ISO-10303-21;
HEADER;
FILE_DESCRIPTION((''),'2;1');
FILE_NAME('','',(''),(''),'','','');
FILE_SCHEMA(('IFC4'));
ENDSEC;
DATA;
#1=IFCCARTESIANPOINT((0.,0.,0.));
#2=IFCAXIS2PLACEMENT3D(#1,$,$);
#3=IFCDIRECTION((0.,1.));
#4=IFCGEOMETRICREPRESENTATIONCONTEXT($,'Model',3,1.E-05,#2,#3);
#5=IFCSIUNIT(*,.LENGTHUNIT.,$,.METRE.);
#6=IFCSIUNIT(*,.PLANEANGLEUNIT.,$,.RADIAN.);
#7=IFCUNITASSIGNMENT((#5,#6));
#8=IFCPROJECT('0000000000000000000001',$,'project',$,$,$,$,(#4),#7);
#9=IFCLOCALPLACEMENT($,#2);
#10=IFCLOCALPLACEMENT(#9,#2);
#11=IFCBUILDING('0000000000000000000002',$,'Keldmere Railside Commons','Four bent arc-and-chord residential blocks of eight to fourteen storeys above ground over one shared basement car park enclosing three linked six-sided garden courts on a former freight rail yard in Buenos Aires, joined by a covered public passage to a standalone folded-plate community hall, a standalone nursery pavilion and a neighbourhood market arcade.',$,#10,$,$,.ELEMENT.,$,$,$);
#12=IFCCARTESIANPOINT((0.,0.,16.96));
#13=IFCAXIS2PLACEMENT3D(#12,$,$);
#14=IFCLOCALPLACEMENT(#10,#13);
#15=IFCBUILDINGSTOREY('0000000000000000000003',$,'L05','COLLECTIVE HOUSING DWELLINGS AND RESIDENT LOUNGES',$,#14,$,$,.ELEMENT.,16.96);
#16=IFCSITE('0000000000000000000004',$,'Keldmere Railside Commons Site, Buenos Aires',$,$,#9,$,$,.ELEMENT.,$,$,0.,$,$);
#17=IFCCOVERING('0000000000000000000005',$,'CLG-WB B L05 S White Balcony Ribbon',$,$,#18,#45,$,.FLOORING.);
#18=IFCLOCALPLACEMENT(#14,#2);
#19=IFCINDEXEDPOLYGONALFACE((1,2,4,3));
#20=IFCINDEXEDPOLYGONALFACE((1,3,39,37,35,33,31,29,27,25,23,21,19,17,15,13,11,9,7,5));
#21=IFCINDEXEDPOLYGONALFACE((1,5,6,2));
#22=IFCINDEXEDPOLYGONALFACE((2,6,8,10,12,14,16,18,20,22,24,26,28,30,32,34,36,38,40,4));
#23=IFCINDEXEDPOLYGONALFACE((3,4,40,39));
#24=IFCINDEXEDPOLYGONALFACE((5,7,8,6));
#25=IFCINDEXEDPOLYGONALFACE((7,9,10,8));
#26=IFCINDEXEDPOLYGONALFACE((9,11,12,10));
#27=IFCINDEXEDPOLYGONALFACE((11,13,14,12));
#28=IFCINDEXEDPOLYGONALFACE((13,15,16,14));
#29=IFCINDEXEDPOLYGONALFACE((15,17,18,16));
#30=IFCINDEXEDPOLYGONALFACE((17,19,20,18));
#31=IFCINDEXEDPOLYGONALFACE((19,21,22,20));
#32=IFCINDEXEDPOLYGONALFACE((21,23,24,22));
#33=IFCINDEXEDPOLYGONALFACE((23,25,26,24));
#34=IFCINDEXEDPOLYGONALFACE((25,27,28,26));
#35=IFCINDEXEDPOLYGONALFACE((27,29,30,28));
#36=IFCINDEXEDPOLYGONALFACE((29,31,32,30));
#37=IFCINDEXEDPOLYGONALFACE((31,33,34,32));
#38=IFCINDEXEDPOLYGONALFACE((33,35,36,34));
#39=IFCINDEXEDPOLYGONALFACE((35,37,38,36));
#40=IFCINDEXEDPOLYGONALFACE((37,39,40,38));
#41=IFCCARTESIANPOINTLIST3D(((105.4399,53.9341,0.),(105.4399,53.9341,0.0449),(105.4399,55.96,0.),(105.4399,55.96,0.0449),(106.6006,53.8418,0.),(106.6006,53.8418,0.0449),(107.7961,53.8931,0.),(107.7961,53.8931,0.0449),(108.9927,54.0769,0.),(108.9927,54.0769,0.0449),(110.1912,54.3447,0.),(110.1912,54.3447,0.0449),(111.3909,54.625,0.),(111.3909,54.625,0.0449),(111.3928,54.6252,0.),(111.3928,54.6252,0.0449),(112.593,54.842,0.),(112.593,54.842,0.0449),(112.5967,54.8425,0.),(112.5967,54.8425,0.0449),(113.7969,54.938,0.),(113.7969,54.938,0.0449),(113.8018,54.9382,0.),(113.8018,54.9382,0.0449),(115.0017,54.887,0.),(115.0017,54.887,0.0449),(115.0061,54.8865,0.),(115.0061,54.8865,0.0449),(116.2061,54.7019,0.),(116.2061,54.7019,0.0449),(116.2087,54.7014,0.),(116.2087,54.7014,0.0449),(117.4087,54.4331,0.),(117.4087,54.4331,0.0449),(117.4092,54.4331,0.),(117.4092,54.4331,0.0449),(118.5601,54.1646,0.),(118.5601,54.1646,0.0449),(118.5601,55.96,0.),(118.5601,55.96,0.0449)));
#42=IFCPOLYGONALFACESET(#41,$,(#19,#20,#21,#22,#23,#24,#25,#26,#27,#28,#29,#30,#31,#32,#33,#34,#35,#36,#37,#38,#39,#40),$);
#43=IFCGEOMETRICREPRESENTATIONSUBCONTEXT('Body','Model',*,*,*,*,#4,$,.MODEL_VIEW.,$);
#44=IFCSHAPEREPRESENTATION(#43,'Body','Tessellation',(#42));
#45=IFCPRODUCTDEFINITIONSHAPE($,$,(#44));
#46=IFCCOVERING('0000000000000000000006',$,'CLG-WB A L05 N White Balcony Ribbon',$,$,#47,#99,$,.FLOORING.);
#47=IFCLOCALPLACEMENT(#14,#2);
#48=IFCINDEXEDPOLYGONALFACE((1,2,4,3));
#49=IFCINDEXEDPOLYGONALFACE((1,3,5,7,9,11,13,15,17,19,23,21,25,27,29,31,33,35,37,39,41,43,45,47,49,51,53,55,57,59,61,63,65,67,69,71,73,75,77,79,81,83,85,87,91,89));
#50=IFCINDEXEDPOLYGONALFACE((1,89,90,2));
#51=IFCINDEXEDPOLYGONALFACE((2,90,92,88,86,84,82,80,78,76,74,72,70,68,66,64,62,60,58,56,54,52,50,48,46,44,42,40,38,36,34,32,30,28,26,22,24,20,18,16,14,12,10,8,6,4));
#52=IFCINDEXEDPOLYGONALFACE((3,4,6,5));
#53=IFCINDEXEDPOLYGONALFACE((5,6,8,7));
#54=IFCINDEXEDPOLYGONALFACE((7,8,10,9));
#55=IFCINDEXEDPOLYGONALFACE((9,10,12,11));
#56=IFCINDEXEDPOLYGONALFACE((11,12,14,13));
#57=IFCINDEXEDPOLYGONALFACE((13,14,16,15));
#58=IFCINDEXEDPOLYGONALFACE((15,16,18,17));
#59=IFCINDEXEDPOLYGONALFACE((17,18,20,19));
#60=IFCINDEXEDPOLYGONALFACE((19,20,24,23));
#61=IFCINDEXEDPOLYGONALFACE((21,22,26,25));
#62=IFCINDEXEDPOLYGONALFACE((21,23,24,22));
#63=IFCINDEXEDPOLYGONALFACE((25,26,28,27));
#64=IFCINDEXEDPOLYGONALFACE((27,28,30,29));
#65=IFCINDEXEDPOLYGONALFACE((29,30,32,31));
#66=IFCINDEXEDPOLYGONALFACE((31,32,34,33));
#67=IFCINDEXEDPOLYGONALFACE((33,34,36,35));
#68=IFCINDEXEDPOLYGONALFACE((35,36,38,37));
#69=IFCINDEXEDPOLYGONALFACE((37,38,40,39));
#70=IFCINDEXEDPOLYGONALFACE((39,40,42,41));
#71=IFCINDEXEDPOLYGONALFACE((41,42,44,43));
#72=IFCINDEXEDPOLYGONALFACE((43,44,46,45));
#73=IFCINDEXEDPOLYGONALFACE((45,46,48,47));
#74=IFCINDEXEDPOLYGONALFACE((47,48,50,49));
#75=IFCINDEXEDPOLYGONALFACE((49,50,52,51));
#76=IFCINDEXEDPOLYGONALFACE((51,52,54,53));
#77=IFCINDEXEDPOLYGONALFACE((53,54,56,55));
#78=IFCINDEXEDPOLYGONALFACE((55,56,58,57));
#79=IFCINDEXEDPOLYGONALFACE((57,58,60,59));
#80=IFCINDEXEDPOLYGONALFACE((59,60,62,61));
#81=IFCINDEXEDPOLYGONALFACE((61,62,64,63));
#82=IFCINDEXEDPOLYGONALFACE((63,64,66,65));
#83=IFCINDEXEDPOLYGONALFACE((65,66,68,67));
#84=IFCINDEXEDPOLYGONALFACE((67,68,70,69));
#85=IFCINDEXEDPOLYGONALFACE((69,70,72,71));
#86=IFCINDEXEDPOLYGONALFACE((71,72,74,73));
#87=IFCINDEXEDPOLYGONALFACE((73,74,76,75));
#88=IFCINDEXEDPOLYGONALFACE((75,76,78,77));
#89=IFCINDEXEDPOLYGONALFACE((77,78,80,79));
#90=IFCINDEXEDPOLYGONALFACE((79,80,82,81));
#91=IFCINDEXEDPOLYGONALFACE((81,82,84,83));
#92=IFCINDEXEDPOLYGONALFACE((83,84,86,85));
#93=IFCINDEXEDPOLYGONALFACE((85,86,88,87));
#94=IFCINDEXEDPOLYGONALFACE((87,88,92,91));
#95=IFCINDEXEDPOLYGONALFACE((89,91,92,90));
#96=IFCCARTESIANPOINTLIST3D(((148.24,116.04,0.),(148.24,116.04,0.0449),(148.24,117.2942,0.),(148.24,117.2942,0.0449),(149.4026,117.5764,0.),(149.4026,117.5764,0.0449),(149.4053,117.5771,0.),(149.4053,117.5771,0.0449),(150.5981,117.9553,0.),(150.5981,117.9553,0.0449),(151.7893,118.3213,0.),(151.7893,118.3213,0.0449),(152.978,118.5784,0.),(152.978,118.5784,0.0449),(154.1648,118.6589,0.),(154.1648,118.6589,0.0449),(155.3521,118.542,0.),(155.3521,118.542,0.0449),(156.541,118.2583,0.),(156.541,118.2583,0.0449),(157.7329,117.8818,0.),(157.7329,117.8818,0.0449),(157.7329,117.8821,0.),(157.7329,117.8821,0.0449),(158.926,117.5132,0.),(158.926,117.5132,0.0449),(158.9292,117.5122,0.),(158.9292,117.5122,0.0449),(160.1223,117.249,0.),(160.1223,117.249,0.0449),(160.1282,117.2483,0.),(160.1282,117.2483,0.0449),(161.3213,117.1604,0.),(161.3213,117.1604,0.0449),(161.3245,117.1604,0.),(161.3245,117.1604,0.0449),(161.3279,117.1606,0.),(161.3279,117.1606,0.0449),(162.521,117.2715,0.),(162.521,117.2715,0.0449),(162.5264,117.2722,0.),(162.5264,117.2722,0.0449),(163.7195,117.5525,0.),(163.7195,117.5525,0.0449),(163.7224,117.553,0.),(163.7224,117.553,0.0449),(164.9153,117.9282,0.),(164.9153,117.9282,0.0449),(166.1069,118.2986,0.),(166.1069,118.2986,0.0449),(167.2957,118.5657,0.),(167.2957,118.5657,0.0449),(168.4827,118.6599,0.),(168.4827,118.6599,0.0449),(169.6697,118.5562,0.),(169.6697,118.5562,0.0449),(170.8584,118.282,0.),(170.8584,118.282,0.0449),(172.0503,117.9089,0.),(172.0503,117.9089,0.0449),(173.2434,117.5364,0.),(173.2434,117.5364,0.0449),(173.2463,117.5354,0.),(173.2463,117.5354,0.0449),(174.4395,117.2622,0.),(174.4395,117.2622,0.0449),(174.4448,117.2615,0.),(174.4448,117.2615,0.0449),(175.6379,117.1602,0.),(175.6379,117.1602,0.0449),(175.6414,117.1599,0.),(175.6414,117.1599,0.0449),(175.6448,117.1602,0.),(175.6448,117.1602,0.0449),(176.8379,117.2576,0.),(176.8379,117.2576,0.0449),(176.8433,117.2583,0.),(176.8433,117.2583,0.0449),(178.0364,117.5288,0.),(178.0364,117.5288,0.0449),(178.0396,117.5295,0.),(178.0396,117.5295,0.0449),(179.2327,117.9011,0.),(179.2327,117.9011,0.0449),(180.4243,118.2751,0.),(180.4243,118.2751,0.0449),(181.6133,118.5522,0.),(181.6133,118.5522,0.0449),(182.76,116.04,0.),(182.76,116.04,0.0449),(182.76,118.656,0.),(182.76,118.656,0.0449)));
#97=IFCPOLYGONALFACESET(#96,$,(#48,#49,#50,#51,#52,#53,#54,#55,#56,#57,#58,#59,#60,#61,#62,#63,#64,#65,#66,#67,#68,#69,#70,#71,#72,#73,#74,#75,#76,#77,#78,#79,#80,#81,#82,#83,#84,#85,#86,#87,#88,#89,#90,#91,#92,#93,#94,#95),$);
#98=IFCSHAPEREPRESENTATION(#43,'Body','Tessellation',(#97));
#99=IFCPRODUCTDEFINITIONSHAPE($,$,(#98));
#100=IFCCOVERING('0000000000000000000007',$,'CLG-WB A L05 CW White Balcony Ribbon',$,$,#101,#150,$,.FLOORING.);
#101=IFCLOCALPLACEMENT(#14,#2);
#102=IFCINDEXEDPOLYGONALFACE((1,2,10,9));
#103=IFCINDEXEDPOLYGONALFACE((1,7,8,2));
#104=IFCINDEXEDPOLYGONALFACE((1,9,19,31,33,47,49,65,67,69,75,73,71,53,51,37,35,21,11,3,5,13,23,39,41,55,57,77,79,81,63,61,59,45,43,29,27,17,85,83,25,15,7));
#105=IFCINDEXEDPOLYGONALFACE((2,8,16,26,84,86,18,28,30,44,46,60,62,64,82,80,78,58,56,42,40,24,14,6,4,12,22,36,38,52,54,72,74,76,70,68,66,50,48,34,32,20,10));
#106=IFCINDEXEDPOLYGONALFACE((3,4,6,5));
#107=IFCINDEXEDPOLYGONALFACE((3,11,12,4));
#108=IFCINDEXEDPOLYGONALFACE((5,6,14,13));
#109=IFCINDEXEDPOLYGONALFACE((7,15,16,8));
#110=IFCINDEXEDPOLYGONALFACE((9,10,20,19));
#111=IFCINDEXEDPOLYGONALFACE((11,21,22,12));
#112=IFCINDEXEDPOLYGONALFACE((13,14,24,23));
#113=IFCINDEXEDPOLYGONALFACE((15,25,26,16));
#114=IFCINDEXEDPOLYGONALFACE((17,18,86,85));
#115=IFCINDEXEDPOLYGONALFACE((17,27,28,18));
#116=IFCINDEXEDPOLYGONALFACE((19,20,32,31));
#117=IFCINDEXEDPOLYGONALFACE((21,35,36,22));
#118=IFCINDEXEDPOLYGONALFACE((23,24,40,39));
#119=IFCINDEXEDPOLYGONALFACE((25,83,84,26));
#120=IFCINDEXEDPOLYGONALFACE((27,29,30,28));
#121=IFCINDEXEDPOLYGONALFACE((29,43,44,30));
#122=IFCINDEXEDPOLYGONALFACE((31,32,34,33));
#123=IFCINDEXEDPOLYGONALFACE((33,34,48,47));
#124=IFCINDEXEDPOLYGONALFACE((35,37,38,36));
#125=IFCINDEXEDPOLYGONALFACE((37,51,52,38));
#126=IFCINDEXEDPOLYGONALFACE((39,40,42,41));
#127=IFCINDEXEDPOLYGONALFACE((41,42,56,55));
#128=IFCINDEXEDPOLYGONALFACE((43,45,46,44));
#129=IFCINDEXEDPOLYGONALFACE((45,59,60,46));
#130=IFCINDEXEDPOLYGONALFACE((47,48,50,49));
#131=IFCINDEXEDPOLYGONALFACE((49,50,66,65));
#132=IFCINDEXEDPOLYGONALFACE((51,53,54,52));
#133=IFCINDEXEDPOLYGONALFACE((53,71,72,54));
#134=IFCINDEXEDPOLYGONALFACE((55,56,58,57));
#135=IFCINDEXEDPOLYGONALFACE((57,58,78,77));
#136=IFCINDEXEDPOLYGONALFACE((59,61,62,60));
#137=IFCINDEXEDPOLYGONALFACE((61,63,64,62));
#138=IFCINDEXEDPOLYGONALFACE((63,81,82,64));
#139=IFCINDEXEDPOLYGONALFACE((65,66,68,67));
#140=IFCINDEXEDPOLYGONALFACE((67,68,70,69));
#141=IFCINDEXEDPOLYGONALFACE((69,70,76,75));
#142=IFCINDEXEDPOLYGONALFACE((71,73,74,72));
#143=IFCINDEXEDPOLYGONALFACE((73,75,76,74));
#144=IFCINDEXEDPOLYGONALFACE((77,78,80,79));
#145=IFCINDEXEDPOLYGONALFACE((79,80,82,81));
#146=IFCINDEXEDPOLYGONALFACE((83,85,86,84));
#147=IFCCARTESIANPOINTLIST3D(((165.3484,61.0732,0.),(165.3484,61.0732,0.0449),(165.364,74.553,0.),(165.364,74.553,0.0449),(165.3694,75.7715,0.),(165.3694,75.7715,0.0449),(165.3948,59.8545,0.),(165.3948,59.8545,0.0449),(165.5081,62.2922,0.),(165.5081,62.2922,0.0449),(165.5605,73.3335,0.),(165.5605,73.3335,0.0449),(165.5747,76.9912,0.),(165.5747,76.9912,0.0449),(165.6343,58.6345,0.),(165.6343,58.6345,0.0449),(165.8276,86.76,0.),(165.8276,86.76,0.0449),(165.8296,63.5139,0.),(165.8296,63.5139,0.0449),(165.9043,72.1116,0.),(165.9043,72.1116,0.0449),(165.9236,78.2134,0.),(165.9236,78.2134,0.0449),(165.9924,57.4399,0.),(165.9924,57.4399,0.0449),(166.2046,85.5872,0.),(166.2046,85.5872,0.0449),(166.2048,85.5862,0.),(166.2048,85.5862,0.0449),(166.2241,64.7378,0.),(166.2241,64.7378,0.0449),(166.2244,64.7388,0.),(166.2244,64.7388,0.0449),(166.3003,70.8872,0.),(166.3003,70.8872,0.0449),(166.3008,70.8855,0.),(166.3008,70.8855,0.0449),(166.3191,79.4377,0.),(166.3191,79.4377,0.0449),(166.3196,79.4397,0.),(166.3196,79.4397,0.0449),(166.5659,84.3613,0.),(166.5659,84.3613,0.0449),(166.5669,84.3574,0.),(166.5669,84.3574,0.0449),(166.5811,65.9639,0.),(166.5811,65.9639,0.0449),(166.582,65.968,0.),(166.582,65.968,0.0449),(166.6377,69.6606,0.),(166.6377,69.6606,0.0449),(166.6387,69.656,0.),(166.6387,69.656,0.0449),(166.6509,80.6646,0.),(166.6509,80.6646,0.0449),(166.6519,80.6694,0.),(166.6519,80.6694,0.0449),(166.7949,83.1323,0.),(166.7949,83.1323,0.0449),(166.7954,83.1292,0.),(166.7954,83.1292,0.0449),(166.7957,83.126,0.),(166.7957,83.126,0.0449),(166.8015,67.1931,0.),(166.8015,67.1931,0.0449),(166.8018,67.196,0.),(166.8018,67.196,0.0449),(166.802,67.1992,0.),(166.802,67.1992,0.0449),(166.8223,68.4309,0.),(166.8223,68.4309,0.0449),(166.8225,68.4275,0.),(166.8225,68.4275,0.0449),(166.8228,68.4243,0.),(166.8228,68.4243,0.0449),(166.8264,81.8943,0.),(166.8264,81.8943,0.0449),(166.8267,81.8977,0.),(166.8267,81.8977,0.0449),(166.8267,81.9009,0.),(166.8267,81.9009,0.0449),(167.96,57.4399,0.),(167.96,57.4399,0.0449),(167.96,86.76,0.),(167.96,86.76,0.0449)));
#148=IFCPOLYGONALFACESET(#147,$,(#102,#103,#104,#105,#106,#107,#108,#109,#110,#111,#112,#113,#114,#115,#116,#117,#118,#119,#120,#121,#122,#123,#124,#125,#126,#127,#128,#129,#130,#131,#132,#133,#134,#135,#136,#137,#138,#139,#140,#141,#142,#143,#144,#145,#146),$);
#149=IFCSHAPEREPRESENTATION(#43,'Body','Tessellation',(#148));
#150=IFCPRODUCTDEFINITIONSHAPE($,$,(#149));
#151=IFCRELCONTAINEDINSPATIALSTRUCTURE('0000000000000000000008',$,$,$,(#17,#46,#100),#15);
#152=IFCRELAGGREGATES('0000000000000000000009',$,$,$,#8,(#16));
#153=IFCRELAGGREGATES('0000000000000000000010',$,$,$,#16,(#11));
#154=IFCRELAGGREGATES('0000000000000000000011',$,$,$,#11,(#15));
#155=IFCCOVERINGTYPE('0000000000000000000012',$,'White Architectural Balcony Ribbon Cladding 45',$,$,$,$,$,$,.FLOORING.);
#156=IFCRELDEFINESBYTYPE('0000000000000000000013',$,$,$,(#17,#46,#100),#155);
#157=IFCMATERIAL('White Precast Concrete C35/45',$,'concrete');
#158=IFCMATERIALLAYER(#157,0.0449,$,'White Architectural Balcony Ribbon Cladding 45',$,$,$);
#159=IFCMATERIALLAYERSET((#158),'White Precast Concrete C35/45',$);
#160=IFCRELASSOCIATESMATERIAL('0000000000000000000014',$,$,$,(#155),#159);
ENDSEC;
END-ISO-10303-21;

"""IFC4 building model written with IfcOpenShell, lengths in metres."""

from ifc_helpers import new_model, si_unit, direction, frame, origin, place, context, subcontext, project, spatial, polyline, outline, extrude, material, layer, layer_set, type_object, element, save


model = new_model("IFC4")

# Units and contexts
model_context = context("Model", 3, precision=1e-05, world=origin(), true_north=direction((0.0, 1.0)))
body_context = subcontext(model_context, "Body", "Model", "MODEL_VIEW")
ifc_project = project(units=[si_unit("LENGTHUNIT", "METRE"), si_unit("PLANEANGLEUNIT", "RADIAN")], contexts=[model_context])

# Site, building, storey
site_placement = place(None, origin())
site = spatial("IfcSite", under=ifc_project, at=site_placement, Name="Keldmere Railside Commons Site, Buenos Aires", CompositionType="ELEMENT", RefElevation=0.0)
building_placement = place(site_placement, origin())
building = spatial("IfcBuilding", under=site, at=building_placement, Name="Keldmere Railside Commons", Description="Four bent arc-and-chord residential blocks of eight to fourteen storeys above ground over one shared basement car park enclosing three linked six-sided garden courts on a former freight rail yard in Buenos Aires, joined by a covered public passage to a standalone folded-plate community hall, a standalone nursery pavilion and a neighbourhood market arcade.", CompositionType="ELEMENT")
storey_placement = place(building_placement, frame((0.0, 0.0, 16.96)))
storey = spatial("IfcBuildingStorey", under=building, at=storey_placement, Name="L05", Description="COLLECTIVE HOUSING DWELLINGS AND RESIDENT LOUNGES", CompositionType="ELEMENT", Elevation=16.96)

# Coverings
ifc_material_1 = material(Name="White Precast Concrete C35/45", Category="concrete")
ifc_layer_1 = layer(ifc_material_1, 0.0449, Name="White Architectural Balcony Ribbon Cladding 45")
ifc_layer_set_1 = layer_set([ifc_layer_1], Name="White Precast Concrete C35/45")
covering_type_1 = type_object("IfcCoveringType", Name="White Architectural Balcony Ribbon Cladding 45", PredefinedType="FLOORING", material=ifc_layer_set_1)
covering_1_placement = place(storey_placement, origin())
element("IfcCovering", 1, at=covering_1_placement, inside=storey, type_object=covering_type_1, Name="CLG-WB B L05 S White Balcony Ribbon", PredefinedType="FLOORING", context=body_context, shape_type="SweptSolid", body=[
    extrude(outline(polyline([(106.6006, 53.8418), (107.7961, 53.8931), (108.9927, 54.0769), (110.1912, 54.3447), (111.3909, 54.625), (111.3928, 54.6252), (112.593, 54.842), (112.5967, 54.8425), (113.7969, 54.938), (113.8018, 54.9382), (115.0017, 54.887), (115.0061, 54.8865), (116.2061, 54.7019), (116.2087, 54.7014), (117.4087, 54.4331), (117.4092, 54.4331), (118.5601, 54.1646), (118.5601, 55.96), (105.4399, 55.96), (105.4399, 53.9341), (106.6006, 53.8418)])), origin(), (0.0, 0.0, 1.0), 0.0449),
])
covering_2_placement = place(storey_placement, origin())
element("IfcCovering", 2, at=covering_2_placement, inside=storey, type_object=covering_type_1, Name="CLG-WB A L05 N White Balcony Ribbon", PredefinedType="FLOORING", context=body_context, shape_type="SweptSolid", body=[
    extrude(outline(polyline([(182.76, 116.04), (182.76, 118.656), (181.6133, 118.5522), (180.4243, 118.2751), (179.2327, 117.9011), (179.2327, 117.9011), (178.0396, 117.5295), (178.0364, 117.5288), (176.8433, 117.2583), (176.8379, 117.2576), (175.6448, 117.1602), (175.6414, 117.1599), (175.6379, 117.1602), (174.4448, 117.2615), (174.4395, 117.2622), (173.2463, 117.5354), (173.2434, 117.5364), (172.0503, 117.9089), (170.8584, 118.282), (169.6697, 118.5562), (168.4827, 118.6599), (167.2957, 118.5657), (166.1069, 118.2986), (164.9153, 117.9282), (163.7224, 117.553), (163.7195, 117.5525), (162.5264, 117.2722), (162.521, 117.2715), (161.3279, 117.1606), (161.3245, 117.1604), (161.3213, 117.1604), (160.1282, 117.2483), (160.1223, 117.249), (158.9292, 117.5122), (158.926, 117.5132), (157.7329, 117.8818), (157.7329, 117.8821), (156.541, 118.2583), (155.3521, 118.542), (154.1648, 118.6589), (152.978, 118.5784), (151.7893, 118.3213), (150.5981, 117.9553), (149.4053, 117.5771), (149.4026, 117.5764), (148.24, 117.2942), (148.24, 116.04), (182.76, 116.04)])), origin(), (0.0, 0.0, 1.0), 0.0449),
])
covering_3_placement = place(storey_placement, origin())
element("IfcCovering", 3, at=covering_3_placement, inside=storey, type_object=covering_type_1, Name="CLG-WB A L05 CW White Balcony Ribbon", PredefinedType="FLOORING", context=body_context, shape_type="SweptSolid", body=[
    extrude(outline(polyline([(167.96, 86.76), (165.8276, 86.76), (166.2046, 85.5872), (166.2048, 85.5862), (166.5659, 84.3613), (166.5669, 84.3574), (166.7949, 83.1323), (166.7954, 83.1292), (166.7957, 83.126), (166.8267, 81.9009), (166.8267, 81.8977), (166.8264, 81.8943), (166.6519, 80.6694), (166.6509, 80.6646), (166.3196, 79.4397), (166.3191, 79.4377), (165.9236, 78.2134), (165.5747, 76.9912), (165.3694, 75.7715), (165.364, 74.553), (165.5605, 73.3335), (165.9043, 72.1116), (166.3003, 70.8872), (166.3008, 70.8855), (166.6377, 69.6606), (166.6387, 69.656), (166.8223, 68.4309), (166.8225, 68.4275), (166.8228, 68.4243), (166.802, 67.1992), (166.8018, 67.196), (166.8015, 67.1931), (166.582, 65.968), (166.5811, 65.9639), (166.2244, 64.7388), (166.2241, 64.7378), (165.8296, 63.5139), (165.5081, 62.2922), (165.3484, 61.0732), (165.3948, 59.8545), (165.6343, 58.6345), (165.9924, 57.4399), (167.96, 57.4399), (167.96, 86.76)])), origin(), (0.0, 0.0, 1.0), 0.0449),
])

save(model, "model.ifc")
